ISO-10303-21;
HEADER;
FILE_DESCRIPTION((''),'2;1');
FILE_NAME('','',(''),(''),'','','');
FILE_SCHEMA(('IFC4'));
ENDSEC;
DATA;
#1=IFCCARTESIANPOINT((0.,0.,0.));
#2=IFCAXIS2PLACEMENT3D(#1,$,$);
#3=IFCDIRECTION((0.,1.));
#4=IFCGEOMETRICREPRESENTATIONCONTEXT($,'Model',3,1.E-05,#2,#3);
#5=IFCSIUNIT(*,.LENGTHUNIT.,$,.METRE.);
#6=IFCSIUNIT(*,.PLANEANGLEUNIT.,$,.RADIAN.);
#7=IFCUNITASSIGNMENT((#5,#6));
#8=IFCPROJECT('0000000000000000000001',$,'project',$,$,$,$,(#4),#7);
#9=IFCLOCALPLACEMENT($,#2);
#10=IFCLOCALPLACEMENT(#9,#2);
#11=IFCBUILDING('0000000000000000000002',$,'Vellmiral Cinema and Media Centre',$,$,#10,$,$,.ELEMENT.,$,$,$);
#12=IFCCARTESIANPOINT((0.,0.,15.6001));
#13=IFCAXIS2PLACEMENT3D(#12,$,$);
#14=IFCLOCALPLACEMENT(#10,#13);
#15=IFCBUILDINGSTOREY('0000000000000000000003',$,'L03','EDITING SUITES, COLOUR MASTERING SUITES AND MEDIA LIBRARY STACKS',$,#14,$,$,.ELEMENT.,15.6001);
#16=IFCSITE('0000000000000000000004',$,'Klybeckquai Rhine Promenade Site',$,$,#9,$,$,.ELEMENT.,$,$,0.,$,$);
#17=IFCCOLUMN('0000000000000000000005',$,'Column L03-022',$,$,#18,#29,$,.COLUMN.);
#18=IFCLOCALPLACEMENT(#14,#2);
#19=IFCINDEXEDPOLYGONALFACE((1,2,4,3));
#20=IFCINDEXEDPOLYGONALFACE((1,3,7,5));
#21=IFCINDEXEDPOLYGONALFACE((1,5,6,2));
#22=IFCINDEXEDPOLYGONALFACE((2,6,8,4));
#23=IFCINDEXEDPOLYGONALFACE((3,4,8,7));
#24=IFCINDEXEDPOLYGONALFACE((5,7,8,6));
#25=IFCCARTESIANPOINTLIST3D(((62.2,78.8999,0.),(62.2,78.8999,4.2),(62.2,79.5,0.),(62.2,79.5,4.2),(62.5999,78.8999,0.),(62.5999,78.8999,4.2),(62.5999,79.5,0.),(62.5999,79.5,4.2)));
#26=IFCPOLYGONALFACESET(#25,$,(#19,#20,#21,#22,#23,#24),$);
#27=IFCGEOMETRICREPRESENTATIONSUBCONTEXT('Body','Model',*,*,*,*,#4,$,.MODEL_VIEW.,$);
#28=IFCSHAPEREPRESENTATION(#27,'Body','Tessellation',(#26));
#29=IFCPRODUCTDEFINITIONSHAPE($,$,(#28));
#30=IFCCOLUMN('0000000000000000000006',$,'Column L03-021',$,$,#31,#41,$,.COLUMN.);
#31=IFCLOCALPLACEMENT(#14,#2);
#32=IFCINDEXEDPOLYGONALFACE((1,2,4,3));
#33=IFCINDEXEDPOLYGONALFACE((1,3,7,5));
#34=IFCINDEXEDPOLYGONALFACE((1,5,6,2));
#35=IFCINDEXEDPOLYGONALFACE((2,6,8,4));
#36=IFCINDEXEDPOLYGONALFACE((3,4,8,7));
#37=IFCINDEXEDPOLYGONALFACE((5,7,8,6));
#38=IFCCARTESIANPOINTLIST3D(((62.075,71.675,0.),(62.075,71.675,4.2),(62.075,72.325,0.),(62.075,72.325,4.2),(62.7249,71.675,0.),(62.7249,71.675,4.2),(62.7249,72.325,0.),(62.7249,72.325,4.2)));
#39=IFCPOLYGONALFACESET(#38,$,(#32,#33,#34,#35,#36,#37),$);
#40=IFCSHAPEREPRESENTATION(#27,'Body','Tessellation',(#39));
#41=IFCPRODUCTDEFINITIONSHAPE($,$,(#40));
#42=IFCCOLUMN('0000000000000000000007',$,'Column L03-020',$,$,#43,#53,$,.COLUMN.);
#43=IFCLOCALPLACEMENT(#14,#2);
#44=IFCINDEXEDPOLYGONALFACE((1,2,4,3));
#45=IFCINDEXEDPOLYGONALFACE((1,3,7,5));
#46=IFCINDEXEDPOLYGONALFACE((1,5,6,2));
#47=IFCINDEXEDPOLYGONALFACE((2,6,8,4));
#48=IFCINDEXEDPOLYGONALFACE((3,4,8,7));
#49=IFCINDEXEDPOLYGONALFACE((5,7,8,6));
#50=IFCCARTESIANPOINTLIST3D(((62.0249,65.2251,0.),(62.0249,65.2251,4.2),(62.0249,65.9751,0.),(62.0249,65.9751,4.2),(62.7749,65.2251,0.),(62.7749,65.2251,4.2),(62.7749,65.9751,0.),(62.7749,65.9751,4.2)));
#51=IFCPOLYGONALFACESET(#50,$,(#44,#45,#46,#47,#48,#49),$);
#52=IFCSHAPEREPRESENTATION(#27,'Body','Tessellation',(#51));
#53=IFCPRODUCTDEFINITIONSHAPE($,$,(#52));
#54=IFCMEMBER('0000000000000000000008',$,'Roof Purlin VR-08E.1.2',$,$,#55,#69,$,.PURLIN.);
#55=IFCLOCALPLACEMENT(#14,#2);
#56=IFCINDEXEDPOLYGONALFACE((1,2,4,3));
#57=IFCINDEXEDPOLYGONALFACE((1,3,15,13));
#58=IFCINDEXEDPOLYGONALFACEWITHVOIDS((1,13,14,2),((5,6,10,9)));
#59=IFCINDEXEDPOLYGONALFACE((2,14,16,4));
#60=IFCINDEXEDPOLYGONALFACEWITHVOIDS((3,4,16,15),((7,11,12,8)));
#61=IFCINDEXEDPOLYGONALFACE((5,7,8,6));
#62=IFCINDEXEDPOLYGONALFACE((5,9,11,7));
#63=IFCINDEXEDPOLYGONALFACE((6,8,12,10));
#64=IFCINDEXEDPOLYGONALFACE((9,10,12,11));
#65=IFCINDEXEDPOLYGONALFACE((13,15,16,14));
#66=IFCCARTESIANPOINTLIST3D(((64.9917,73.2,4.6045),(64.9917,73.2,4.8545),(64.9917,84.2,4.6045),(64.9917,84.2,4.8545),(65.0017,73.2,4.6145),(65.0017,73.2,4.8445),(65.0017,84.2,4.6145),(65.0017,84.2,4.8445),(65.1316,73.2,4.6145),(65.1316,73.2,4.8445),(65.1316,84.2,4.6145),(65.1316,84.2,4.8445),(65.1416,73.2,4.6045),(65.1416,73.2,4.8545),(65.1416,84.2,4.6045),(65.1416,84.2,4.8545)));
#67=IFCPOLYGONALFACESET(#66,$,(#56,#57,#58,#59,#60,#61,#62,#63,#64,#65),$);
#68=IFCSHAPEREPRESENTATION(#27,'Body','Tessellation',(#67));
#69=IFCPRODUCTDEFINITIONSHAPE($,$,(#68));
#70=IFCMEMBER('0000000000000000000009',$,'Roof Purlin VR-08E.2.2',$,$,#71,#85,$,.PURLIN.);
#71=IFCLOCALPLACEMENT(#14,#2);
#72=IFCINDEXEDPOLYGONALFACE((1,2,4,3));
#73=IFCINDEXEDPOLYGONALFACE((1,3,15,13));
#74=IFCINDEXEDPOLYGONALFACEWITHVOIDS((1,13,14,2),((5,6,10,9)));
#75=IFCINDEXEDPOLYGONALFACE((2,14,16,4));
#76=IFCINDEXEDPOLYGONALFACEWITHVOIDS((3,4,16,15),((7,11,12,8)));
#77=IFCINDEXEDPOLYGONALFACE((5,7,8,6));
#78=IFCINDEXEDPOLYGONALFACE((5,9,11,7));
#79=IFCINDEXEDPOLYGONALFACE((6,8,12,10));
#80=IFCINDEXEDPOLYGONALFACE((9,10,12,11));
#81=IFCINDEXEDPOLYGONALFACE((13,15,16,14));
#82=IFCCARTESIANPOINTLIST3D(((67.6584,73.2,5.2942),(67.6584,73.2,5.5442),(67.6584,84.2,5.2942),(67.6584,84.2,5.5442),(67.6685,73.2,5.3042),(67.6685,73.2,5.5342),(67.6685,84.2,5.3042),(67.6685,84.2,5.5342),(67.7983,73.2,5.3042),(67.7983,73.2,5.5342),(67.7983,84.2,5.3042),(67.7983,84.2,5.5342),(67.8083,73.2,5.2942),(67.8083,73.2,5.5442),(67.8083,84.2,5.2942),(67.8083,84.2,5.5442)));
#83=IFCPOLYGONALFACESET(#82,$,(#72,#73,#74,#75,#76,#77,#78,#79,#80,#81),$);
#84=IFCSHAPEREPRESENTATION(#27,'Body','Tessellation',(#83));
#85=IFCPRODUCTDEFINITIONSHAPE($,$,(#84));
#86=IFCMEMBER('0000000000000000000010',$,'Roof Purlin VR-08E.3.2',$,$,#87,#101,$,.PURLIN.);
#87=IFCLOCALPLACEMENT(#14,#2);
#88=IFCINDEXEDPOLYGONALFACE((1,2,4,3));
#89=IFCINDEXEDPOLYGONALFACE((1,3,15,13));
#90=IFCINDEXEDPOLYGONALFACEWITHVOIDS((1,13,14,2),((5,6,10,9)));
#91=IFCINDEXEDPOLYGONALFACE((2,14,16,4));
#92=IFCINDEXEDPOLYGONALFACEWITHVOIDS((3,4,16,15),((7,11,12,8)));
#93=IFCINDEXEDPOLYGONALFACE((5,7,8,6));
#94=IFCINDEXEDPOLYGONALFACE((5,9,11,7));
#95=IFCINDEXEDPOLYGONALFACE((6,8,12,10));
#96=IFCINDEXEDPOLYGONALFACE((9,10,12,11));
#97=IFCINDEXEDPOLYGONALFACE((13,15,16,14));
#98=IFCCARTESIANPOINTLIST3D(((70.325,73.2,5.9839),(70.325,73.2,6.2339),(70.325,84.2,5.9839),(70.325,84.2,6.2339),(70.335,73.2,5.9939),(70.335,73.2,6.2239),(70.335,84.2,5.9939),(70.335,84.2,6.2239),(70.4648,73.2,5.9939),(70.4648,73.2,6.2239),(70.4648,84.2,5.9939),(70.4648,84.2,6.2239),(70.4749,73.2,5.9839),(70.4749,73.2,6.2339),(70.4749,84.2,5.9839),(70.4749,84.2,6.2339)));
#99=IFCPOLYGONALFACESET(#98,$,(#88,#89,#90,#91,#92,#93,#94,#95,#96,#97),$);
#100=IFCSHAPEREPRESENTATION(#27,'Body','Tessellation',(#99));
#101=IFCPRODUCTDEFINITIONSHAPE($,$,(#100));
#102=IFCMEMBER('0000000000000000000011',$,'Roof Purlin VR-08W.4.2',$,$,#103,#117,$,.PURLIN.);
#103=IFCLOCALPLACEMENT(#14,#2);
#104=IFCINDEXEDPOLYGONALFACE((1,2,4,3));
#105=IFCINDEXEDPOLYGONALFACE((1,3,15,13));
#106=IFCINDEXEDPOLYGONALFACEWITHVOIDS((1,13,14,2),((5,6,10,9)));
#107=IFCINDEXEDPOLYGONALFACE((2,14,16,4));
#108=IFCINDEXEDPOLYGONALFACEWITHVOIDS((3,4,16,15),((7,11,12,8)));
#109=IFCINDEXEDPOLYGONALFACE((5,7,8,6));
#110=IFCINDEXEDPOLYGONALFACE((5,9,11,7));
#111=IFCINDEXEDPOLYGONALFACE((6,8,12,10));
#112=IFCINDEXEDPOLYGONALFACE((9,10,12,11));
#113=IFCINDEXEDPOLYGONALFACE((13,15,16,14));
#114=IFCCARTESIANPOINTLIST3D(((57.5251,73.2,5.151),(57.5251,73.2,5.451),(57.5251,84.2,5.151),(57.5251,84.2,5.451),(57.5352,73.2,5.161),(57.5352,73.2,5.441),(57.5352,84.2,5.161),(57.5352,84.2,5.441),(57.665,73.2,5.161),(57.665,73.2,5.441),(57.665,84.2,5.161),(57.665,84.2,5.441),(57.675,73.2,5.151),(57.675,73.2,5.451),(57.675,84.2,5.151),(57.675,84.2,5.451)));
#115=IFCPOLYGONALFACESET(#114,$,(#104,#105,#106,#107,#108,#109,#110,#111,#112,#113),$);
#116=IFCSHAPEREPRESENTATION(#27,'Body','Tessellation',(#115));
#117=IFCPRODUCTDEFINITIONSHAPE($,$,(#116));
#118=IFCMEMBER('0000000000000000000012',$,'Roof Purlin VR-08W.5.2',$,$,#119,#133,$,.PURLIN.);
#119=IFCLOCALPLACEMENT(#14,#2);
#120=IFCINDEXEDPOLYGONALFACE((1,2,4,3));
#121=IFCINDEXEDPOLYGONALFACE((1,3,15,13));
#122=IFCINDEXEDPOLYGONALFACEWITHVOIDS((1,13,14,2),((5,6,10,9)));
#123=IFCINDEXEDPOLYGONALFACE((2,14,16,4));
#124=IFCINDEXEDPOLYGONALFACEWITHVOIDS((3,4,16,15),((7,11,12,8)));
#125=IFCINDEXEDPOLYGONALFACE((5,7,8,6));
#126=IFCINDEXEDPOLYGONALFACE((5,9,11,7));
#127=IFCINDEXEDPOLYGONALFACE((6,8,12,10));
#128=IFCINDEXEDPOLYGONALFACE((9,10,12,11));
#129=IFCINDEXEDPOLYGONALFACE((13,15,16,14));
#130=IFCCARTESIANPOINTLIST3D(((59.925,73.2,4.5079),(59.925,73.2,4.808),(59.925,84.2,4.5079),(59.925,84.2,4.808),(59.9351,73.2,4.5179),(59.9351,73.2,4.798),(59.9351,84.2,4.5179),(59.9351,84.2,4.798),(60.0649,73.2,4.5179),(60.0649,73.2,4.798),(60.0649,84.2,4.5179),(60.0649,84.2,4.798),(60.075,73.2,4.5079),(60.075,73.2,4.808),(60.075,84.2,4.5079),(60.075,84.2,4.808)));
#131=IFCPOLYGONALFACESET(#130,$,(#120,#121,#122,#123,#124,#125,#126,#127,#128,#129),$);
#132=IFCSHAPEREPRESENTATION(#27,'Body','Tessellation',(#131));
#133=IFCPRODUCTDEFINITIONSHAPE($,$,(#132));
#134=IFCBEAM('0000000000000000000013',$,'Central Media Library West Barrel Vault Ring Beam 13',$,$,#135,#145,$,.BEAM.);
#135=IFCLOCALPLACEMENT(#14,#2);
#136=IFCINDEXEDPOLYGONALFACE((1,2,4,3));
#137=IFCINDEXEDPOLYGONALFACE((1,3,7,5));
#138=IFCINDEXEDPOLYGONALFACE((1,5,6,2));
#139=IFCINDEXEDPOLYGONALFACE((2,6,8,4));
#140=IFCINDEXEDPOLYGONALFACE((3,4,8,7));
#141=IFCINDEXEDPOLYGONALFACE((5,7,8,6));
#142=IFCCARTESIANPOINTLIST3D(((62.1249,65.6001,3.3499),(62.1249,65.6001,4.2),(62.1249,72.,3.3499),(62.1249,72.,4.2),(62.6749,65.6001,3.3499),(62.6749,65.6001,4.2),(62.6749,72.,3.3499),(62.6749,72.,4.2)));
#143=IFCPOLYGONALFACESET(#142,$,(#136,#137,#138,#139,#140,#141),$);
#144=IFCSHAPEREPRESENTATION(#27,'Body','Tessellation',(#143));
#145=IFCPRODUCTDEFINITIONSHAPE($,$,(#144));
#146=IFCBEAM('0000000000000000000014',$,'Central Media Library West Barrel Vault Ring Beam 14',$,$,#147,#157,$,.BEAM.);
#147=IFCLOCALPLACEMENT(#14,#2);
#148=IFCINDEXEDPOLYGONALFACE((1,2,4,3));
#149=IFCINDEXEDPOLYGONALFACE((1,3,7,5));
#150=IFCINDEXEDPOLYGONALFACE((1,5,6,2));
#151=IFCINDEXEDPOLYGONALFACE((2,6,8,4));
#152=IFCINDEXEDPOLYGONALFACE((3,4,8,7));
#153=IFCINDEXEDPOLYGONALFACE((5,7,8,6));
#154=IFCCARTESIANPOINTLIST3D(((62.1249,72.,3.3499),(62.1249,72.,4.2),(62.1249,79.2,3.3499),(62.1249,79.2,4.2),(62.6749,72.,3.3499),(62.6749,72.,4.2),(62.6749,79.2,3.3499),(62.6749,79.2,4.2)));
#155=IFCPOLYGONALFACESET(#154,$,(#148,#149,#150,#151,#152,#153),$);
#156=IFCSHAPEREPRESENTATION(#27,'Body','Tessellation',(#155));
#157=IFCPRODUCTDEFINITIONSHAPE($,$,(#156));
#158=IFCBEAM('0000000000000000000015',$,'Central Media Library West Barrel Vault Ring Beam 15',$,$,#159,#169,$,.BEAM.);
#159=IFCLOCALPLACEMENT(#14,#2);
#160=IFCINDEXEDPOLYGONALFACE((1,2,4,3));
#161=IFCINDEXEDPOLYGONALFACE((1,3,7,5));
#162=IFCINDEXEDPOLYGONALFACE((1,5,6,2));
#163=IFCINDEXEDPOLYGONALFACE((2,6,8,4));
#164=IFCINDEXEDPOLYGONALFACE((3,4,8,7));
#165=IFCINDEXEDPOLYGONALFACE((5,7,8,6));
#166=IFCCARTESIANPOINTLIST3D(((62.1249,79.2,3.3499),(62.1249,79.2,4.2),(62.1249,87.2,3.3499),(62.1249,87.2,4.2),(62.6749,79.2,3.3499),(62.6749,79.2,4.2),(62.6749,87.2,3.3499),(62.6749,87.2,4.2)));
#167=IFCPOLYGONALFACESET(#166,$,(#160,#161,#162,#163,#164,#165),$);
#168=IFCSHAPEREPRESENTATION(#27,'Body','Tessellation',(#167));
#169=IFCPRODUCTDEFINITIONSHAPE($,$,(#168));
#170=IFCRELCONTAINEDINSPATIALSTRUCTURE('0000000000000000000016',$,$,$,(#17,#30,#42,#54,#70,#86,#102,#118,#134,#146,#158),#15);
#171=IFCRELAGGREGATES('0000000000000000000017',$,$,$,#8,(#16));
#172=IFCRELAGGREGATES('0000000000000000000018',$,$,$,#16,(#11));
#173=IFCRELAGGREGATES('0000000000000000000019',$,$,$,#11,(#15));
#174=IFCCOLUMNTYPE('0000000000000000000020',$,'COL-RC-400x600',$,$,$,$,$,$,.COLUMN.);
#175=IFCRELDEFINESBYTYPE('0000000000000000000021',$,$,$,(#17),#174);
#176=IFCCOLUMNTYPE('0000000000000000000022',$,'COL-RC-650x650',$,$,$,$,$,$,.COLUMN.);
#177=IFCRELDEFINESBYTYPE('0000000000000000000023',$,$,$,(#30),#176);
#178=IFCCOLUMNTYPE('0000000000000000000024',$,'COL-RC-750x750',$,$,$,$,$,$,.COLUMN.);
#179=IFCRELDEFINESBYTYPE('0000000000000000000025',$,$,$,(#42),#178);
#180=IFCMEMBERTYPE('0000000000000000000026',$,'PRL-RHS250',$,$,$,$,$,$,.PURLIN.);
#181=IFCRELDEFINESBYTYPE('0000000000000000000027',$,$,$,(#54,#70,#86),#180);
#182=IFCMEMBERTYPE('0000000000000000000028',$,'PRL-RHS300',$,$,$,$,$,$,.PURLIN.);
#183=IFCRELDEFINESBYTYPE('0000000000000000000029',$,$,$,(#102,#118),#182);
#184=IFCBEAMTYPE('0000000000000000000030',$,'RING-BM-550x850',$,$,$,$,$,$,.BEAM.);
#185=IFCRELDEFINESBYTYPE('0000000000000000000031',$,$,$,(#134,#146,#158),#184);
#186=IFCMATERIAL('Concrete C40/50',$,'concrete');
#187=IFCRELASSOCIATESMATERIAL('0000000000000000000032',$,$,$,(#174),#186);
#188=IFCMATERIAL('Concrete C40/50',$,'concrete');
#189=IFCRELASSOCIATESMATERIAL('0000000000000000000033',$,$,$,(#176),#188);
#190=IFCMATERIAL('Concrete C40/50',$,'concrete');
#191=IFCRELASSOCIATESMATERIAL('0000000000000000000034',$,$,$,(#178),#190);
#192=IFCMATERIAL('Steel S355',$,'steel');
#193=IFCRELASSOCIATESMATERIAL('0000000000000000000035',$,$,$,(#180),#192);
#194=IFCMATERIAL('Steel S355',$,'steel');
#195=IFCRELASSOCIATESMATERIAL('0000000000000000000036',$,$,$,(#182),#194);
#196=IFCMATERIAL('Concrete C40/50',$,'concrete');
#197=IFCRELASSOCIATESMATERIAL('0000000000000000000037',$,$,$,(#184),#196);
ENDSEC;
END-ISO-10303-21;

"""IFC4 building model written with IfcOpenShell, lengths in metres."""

from ifc_helpers import new_model, si_unit, direction, frame, origin, origin_2d, place, context, subcontext, project, spatial, rectangle, hollow_rectangle, extrude, material, material_profile, profile_set, type_object, element, save


model = new_model("IFC4")

# Units and contexts
model_context = context("Model", 3, precision=1e-05, world=origin(), true_north=direction((0.0, 1.0)))
body_context = subcontext(model_context, "Body", "Model", "MODEL_VIEW")
ifc_project = project(units=[si_unit("LENGTHUNIT", "METRE"), si_unit("PLANEANGLEUNIT", "RADIAN")], contexts=[model_context])

# Site, building, storey
site_placement = place(None, origin())
site = spatial("IfcSite", under=ifc_project, at=site_placement, Name="Klybeckquai Rhine Promenade Site", CompositionType="ELEMENT", RefElevation=0.0)
building_placement = place(site_placement, origin())
building = spatial("IfcBuilding", under=site, at=building_placement, Name="Vellmiral Cinema and Media Centre", CompositionType="ELEMENT")
storey_placement = place(building_placement, frame((0.0, 0.0, 15.6001)))
storey = spatial("IfcBuildingStorey", under=building, at=storey_placement, Name="L03", Description="EDITING SUITES, COLOUR MASTERING SUITES AND MEDIA LIBRARY STACKS", CompositionType="ELEMENT", Elevation=15.6001)

# Columns
ifc_material_1 = material(Name="Concrete C40/50", Category="concrete")
ifc_material_profile_1 = material_profile(ifc_material_1, rectangle(XDim=0.3999, YDim=0.6001, at=origin_2d()), Name="RC 400x600")
ifc_profile_set_1 = profile_set([ifc_material_profile_1], Name="Concrete C40/50")
column_type_1 = type_object("IfcColumnType", Name="COL-RC-400x600", PredefinedType="COLUMN", material=ifc_profile_set_1)
column_1_placement = place(storey_placement, frame((62.3999, 79.2, 0.0), z_axis=(0.0, 0.0, 1.0), x_axis=(1.0, 0.0, 0.0)))
element("IfcColumn", 1, at=column_1_placement, inside=storey, type_object=column_type_1, Name="Column L03-022", PredefinedType="COLUMN", context=body_context, shape_type="SweptSolid", body=[
    extrude(rectangle(XDim=0.3999, YDim=0.6001, at=origin_2d()), origin(), (0.0, 0.0, 1.0), 4.2),
])
ifc_material_2 = material(Name="Concrete C40/50", Category="concrete")
ifc_material_profile_2 = material_profile(ifc_material_2, rectangle(XDim=0.6499, YDim=0.6499, at=origin_2d()), Name="RC 650x650")
ifc_profile_set_2 = profile_set([ifc_material_profile_2], Name="Concrete C40/50")
column_type_2 = type_object("IfcColumnType", Name="COL-RC-650x650", PredefinedType="COLUMN", material=ifc_profile_set_2)
column_2_placement = place(storey_placement, frame((62.3999, 72.0, 0.0), z_axis=(0.0, 0.0, 1.0), x_axis=(1.0, 0.0, 0.0)))
element("IfcColumn", 2, at=column_2_placement, inside=storey, type_object=column_type_2, Name="Column L03-021", PredefinedType="COLUMN", context=body_context, shape_type="SweptSolid", body=[
    extrude(rectangle(XDim=0.6499, YDim=0.6499, at=origin_2d()), origin(), (0.0, 0.0, 1.0), 4.2),
])
ifc_material_3 = material(Name="Concrete C40/50", Category="concrete")
ifc_material_profile_3 = material_profile(ifc_material_3, rectangle(XDim=0.75, YDim=0.75, at=origin_2d()), Name="RC 750x750")
ifc_profile_set_3 = profile_set([ifc_material_profile_3], Name="Concrete C40/50")
column_type_3 = type_object("IfcColumnType", Name="COL-RC-750x750", PredefinedType="COLUMN", material=ifc_profile_set_3)
column_3_placement = place(storey_placement, frame((62.3999, 65.6001, 0.0), z_axis=(0.0, 0.0, 1.0), x_axis=(1.0, 0.0, 0.0)))
element("IfcColumn", 3, at=column_3_placement, inside=storey, type_object=column_type_3, Name="Column L03-020", PredefinedType="COLUMN", context=body_context, shape_type="SweptSolid", body=[
    extrude(rectangle(XDim=0.75, YDim=0.75, at=origin_2d()), origin(), (0.0, 0.0, 1.0), 4.2),
])

# Members
ifc_material_4 = material(Name="Steel S355", Category="steel")
ifc_material_profile_4 = material_profile(ifc_material_4, hollow_rectangle(XDim=0.1499, YDim=0.25, WallThickness=0.01, at=origin_2d()), Name="RHS 250x150x10.0")
ifc_profile_set_4 = profile_set([ifc_material_profile_4], Name="Steel S355")
member_type_1 = type_object("IfcMemberType", Name="PRL-RHS250", PredefinedType="PURLIN", material=ifc_profile_set_4)
for number, where, z_axis, x_axis, name in (
    (4, (65.0667, 73.2, 4.7295), (0.0, 1.0, 0.0), (-1.0, 0.0, 0.0), "Roof Purlin VR-08E.1.2"),
    (5, (67.7334, 73.2, 5.4192), (0.0, 1.0, 0.0), (-1.0, 0.0, 0.0), "Roof Purlin VR-08E.2.2"),
    (6, (70.3999, 73.2, 6.1089), (0.0, 1.0, 0.0), (-1.0, 0.0, 0.0), "Roof Purlin VR-08E.3.2"),
):
    element("IfcMember", number, at=place(storey_placement, frame(where, z_axis=z_axis, x_axis=x_axis)), inside=storey, type_object=member_type_1, Name=name, PredefinedType="PURLIN", context=body_context, shape_type="SweptSolid", body=[
        extrude(hollow_rectangle(XDim=0.1499, YDim=0.25, WallThickness=0.01, at=origin_2d()), origin(), (0.0, 0.0, 1.0), 11.0),
    ])
ifc_material_5 = material(Name="Steel S355", Category="steel")
ifc_material_profile_5 = material_profile(ifc_material_5, hollow_rectangle(XDim=0.1499, YDim=0.3, WallThickness=0.01, at=origin_2d()), Name="RHS 300x150x10.0")
ifc_profile_set_5 = profile_set([ifc_material_profile_5], Name="Steel S355")
member_type_2 = type_object("IfcMemberType", Name="PRL-RHS300", PredefinedType="PURLIN", material=ifc_profile_set_5)
for number, where, z_axis, x_axis, name in (
    (7, (57.6001, 73.2, 5.301), (0.0, 1.0, 0.0), (-1.0, 0.0, 0.0), "Roof Purlin VR-08W.4.2"),
    (8, (60.0, 73.2, 4.658), (0.0, 1.0, 0.0), (-1.0, 0.0, 0.0), "Roof Purlin VR-08W.5.2"),
):
    element("IfcMember", number, at=place(storey_placement, frame(where, z_axis=z_axis, x_axis=x_axis)), inside=storey, type_object=member_type_2, Name=name, PredefinedType="PURLIN", context=body_context, shape_type="SweptSolid", body=[
        extrude(hollow_rectangle(XDim=0.1499, YDim=0.3, WallThickness=0.01, at=origin_2d()), origin(), (0.0, 0.0, 1.0), 11.0),
    ])

# Beams
ifc_material_6 = material(Name="Concrete C40/50", Category="concrete")
ifc_material_profile_6 = material_profile(ifc_material_6, rectangle(XDim=0.55, YDim=0.8501, at=origin_2d()), Name="RC 550x850")
ifc_profile_set_6 = profile_set([ifc_material_profile_6], Name="Concrete C40/50")
beam_type = type_object("IfcBeamType", Name="RING-BM-550x850", PredefinedType="BEAM", material=ifc_profile_set_6)
beam_1_placement = place(storey_placement, frame((62.3999, 65.6001, 3.7749), z_axis=(0.0, 1.0, 0.0), x_axis=(-1.0, 0.0, 0.0)))
element("IfcBeam", 9, at=beam_1_placement, inside=storey, type_object=beam_type, Name="Central Media Library West Barrel Vault Ring Beam 13", PredefinedType="BEAM", context=body_context, shape_type="SweptSolid", body=[
    extrude(rectangle(XDim=0.55, YDim=0.8501, at=origin_2d()), origin(), (0.0, 0.0, 1.0), 6.3999),
])
beam_2_placement = place(storey_placement, frame((62.3999, 72.0, 3.7749), z_axis=(0.0, 1.0, 0.0), x_axis=(-1.0, 0.0, 0.0)))
element("IfcBeam", 10, at=beam_2_placement, inside=storey, type_object=beam_type, Name="Central Media Library West Barrel Vault Ring Beam 14", PredefinedType="BEAM", context=body_context, shape_type="SweptSolid", body=[
    extrude(rectangle(XDim=0.55, YDim=0.8501, at=origin_2d()), origin(), (0.0, 0.0, 1.0), 7.2),
])
beam_3_placement = place(storey_placement, frame((62.3999, 79.2, 3.7749), z_axis=(0.0, 1.0, 0.0), x_axis=(-1.0, 0.0, 0.0)))
element("IfcBeam", 11, at=beam_3_placement, inside=storey, type_object=beam_type, Name="Central Media Library West Barrel Vault Ring Beam 15", PredefinedType="BEAM", context=body_context, shape_type="SweptSolid", body=[
    extrude(rectangle(XDim=0.55, YDim=0.8501, at=origin_2d()), origin(), (0.0, 0.0, 1.0), 8.0),
])

save(model, "model.ifc")
